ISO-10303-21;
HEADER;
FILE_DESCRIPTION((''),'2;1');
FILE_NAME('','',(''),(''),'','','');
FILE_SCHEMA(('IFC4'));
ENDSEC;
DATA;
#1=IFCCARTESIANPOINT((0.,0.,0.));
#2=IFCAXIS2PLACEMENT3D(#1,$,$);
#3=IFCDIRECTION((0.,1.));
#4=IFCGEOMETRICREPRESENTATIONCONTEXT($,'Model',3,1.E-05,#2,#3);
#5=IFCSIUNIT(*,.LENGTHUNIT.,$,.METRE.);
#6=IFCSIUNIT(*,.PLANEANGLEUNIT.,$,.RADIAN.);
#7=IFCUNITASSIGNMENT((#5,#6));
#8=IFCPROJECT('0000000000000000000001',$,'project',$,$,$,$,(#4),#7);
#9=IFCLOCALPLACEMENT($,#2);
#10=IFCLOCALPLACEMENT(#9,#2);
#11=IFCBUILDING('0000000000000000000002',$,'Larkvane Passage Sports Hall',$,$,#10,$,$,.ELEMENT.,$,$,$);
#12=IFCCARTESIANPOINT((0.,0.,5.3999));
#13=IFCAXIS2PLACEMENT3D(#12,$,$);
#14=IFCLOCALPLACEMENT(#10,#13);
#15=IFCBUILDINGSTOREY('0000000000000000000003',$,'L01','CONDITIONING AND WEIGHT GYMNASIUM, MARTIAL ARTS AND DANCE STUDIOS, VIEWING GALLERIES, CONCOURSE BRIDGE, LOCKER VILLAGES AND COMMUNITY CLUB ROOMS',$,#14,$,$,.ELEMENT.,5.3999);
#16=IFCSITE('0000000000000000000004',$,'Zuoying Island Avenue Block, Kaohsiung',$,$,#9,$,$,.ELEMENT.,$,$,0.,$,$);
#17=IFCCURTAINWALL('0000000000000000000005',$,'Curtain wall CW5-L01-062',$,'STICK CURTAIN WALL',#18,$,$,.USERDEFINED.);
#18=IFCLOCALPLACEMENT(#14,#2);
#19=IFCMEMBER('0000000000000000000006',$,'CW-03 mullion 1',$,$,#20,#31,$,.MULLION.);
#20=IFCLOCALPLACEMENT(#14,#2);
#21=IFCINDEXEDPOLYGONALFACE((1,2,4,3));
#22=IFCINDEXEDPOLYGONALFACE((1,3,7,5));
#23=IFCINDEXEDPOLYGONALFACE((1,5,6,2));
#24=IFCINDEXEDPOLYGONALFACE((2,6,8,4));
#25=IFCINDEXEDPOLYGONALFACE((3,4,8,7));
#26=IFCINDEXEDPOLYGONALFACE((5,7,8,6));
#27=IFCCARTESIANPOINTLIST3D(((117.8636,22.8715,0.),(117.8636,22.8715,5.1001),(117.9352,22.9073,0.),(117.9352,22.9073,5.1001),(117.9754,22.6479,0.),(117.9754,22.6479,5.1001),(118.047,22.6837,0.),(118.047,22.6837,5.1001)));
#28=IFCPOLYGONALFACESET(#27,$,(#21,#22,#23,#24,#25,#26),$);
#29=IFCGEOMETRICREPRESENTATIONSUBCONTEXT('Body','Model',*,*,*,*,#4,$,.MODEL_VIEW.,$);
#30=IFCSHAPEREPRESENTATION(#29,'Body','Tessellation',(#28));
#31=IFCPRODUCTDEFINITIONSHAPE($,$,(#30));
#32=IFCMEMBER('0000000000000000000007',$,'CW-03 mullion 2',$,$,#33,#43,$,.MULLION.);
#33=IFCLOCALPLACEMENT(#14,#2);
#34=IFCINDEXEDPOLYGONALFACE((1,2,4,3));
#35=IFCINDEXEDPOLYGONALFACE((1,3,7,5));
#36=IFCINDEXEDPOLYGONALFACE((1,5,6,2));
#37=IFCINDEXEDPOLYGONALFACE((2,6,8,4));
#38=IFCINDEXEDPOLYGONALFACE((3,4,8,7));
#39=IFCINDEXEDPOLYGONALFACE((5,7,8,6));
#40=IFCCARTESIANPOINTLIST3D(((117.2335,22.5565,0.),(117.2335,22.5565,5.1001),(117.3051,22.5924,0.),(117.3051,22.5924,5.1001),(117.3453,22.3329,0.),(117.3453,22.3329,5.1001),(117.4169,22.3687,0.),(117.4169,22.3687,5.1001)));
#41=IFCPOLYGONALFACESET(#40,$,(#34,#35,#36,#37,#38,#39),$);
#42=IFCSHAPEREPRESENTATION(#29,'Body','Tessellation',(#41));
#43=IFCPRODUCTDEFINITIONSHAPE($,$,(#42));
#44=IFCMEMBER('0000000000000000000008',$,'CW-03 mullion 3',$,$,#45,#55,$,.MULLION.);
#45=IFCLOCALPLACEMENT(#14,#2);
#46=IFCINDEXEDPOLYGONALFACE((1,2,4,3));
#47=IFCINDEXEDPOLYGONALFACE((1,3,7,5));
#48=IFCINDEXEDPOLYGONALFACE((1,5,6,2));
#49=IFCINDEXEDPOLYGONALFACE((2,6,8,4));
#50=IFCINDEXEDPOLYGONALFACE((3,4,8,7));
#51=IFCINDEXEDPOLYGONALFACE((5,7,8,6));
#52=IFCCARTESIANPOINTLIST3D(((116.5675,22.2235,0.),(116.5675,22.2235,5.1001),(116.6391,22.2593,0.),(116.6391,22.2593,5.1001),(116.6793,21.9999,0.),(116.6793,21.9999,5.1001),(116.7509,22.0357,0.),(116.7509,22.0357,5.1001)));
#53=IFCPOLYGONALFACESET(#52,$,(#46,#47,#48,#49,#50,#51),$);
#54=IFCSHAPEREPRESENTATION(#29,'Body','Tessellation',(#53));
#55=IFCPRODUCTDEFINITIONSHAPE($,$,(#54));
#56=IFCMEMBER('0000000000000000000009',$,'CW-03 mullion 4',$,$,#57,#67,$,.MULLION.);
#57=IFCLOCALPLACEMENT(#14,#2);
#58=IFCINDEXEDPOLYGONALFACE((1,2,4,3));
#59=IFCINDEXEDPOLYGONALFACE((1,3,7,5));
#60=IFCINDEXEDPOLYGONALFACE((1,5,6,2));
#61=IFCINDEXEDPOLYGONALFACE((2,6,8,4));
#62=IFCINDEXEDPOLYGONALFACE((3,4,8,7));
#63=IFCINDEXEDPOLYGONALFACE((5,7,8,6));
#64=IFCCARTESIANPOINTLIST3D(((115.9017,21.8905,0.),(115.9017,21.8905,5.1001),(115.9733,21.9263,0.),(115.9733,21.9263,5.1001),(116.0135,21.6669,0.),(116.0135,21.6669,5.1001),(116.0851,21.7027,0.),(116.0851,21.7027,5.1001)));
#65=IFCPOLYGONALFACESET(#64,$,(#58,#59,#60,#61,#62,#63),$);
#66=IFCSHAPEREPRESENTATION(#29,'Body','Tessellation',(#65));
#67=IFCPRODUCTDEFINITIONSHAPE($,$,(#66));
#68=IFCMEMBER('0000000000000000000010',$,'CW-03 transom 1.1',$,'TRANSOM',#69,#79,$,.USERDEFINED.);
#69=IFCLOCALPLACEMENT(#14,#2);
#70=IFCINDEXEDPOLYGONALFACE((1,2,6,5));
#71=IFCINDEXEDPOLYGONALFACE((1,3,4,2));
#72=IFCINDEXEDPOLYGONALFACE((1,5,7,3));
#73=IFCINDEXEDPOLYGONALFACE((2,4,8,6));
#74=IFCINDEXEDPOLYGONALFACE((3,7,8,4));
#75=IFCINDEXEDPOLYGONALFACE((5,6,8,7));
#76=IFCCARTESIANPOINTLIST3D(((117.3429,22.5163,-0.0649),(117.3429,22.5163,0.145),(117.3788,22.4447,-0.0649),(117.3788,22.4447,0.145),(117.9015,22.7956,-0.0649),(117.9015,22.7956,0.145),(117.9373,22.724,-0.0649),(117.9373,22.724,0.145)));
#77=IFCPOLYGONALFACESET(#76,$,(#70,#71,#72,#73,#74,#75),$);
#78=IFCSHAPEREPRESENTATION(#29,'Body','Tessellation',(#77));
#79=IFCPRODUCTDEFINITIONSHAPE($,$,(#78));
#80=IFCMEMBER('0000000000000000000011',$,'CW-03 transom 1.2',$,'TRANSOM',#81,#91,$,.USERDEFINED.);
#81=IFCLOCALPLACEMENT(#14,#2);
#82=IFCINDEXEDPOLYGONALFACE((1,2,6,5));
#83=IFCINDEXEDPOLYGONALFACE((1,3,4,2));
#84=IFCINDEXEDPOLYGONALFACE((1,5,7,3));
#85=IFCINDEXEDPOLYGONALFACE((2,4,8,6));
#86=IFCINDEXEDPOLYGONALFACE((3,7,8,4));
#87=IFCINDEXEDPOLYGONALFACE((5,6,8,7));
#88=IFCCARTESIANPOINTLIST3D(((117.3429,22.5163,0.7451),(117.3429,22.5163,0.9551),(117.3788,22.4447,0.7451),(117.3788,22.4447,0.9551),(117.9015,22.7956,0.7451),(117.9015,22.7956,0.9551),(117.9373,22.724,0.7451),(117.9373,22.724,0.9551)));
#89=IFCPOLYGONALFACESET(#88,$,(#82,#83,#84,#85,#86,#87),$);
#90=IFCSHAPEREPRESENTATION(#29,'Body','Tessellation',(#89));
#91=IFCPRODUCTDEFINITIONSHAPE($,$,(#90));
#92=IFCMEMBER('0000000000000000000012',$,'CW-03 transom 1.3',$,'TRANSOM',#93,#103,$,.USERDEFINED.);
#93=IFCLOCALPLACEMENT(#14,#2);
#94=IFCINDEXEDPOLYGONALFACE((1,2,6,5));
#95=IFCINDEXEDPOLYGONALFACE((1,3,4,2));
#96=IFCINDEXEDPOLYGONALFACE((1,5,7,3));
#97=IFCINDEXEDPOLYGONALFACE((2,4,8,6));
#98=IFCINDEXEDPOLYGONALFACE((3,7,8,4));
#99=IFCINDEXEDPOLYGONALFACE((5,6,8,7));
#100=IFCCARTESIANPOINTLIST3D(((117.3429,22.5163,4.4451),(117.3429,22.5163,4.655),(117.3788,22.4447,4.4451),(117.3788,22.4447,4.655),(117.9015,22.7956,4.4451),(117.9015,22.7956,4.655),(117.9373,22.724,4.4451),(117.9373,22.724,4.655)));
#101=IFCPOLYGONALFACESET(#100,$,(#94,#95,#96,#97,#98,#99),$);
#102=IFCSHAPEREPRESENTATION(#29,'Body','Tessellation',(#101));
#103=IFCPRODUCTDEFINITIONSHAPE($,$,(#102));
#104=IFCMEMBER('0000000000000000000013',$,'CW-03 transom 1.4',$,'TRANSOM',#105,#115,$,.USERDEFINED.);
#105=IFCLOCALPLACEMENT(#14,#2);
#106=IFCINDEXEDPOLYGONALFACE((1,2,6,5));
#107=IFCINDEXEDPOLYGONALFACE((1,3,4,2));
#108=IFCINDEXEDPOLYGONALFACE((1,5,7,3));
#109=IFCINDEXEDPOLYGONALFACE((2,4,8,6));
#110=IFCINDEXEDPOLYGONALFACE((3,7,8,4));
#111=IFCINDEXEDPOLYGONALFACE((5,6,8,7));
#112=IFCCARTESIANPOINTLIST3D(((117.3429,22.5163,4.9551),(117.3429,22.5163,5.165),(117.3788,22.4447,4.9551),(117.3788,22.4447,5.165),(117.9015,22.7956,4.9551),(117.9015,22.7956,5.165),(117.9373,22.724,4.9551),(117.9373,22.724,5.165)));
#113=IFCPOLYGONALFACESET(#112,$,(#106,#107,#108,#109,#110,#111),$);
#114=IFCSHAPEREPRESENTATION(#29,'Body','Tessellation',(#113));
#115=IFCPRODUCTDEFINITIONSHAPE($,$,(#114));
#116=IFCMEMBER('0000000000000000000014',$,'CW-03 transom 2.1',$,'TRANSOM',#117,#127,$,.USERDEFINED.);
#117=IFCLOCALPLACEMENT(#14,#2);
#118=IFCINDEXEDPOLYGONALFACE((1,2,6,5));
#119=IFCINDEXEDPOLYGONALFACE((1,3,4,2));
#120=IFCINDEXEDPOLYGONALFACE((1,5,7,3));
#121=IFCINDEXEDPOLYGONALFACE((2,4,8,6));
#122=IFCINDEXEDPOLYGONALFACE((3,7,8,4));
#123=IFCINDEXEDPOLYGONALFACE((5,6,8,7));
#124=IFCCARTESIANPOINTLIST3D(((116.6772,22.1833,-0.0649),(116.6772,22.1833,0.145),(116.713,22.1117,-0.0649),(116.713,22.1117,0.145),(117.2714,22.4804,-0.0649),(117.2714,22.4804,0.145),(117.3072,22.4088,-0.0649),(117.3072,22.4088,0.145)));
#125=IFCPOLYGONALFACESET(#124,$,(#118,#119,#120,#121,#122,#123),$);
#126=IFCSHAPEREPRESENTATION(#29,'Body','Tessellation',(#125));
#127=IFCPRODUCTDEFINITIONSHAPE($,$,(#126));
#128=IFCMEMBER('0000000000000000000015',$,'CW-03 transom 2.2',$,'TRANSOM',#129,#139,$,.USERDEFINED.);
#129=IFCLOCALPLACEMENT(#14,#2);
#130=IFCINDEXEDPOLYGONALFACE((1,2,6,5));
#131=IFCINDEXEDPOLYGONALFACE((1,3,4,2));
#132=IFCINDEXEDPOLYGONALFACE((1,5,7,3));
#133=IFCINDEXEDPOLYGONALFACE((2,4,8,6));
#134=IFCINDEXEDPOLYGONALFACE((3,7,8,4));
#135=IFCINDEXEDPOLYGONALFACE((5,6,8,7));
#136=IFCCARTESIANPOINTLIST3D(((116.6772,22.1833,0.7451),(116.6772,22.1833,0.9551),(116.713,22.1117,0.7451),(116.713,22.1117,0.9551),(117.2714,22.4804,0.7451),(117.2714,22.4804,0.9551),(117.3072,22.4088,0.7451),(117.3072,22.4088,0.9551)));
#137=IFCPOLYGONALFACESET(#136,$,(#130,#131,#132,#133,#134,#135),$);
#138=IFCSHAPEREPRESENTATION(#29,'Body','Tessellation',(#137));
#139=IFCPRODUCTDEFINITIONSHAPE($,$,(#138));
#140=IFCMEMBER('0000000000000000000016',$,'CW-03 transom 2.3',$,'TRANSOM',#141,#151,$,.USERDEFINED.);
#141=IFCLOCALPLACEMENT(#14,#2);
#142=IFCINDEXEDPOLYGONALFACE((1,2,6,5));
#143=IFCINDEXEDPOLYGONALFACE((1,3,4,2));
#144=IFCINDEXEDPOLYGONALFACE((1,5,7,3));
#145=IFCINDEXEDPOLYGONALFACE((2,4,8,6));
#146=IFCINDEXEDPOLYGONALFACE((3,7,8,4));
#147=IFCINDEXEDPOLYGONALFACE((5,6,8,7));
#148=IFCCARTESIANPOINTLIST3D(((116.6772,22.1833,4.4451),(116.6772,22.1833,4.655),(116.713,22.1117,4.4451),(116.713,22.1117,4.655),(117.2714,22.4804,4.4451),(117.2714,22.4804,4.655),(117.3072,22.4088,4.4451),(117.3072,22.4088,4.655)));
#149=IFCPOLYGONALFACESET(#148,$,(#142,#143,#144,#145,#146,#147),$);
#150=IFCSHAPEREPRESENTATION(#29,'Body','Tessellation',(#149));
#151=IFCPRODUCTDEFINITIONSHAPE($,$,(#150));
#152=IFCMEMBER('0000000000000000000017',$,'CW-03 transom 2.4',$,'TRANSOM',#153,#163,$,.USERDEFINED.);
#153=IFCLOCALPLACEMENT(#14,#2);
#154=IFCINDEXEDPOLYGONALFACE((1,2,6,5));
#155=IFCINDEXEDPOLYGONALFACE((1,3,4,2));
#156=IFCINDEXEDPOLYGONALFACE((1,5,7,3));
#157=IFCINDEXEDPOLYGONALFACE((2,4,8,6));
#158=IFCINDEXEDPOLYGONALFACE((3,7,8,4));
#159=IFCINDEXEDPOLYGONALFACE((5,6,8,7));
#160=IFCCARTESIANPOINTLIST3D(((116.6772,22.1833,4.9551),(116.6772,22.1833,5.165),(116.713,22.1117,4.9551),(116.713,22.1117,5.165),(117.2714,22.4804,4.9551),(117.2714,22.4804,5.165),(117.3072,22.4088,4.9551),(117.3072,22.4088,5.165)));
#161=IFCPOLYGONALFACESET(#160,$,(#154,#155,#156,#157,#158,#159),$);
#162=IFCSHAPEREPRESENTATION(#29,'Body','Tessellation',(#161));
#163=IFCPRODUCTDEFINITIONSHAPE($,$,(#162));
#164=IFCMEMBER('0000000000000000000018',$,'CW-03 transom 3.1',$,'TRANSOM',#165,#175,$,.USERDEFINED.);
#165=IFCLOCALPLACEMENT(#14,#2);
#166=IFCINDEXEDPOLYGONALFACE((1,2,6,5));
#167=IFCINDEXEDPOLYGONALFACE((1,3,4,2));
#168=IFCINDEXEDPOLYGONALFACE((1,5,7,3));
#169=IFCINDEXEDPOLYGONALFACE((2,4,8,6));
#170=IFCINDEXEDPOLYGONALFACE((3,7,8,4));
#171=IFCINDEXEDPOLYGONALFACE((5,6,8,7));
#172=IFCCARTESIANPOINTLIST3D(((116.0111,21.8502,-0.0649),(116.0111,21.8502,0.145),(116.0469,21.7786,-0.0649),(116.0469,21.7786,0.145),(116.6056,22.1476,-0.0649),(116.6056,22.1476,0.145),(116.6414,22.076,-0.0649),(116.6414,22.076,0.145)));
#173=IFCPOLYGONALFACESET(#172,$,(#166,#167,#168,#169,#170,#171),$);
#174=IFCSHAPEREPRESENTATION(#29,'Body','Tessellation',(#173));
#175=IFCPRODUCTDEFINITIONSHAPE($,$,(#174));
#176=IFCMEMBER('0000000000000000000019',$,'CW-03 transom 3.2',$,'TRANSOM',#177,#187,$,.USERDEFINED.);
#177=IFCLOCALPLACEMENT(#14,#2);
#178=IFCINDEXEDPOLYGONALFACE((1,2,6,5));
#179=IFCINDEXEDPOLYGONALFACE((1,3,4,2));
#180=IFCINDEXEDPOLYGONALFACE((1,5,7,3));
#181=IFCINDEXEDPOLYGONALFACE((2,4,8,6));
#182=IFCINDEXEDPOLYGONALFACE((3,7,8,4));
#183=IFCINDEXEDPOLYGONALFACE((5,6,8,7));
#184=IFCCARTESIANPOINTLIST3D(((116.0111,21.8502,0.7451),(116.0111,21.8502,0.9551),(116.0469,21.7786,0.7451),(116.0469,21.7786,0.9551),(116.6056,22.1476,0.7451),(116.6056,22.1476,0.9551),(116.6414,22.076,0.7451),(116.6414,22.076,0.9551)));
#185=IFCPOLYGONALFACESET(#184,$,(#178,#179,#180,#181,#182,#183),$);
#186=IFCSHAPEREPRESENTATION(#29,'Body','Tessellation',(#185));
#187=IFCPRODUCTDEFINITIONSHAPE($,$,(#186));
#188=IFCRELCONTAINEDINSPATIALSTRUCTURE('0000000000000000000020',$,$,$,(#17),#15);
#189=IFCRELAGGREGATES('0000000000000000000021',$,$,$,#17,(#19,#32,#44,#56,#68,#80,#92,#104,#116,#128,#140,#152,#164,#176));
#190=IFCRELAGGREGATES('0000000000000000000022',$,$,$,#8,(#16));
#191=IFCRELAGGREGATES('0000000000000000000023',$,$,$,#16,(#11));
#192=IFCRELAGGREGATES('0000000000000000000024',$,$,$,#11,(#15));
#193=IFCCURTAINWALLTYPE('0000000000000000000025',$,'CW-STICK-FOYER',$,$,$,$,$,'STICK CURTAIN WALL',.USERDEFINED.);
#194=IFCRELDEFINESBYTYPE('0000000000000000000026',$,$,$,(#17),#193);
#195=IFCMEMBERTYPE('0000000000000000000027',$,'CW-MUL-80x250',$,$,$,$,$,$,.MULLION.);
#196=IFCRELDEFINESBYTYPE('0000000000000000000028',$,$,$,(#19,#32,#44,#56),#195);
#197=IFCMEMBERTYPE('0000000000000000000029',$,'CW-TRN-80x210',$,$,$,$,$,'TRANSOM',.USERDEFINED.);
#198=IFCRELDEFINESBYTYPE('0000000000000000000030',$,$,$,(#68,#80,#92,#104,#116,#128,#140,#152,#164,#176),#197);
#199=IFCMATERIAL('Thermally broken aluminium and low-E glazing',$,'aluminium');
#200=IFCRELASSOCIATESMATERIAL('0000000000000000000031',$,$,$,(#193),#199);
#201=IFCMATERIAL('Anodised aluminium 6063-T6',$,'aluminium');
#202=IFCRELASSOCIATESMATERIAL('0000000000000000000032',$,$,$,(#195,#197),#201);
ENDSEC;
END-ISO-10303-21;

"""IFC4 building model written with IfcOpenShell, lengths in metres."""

from ifc_helpers import new_model, si_unit, direction, frame, origin, origin_2d, place, context, subcontext, project, spatial, rectangle, extrude, material, material_profile, profile_set, type_object, element, aggregate, save


model = new_model("IFC4")

# Units and contexts
model_context = context("Model", 3, precision=1e-05, world=origin(), true_north=direction((0.0, 1.0)))
body_context = subcontext(model_context, "Body", "Model", "MODEL_VIEW")
ifc_project = project(units=[si_unit("LENGTHUNIT", "METRE"), si_unit("PLANEANGLEUNIT", "RADIAN")], contexts=[model_context])

# Site, building, storey
site_placement = place(None, origin())
site = spatial("IfcSite", under=ifc_project, at=site_placement, Name="Zuoying Island Avenue Block, Kaohsiung", CompositionType="ELEMENT", RefElevation=0.0)
building_placement = place(site_placement, origin())
building = spatial("IfcBuilding", under=site, at=building_placement, Name="Larkvane Passage Sports Hall", CompositionType="ELEMENT")
storey_placement = place(building_placement, frame((0.0, 0.0, 5.3999)))
storey = spatial("IfcBuildingStorey", under=building, at=storey_placement, Name="L01", Description="CONDITIONING AND WEIGHT GYMNASIUM, MARTIAL ARTS AND DANCE STUDIOS, VIEWING GALLERIES, CONCOURSE BRIDGE, LOCKER VILLAGES AND COMMUNITY CLUB ROOMS", CompositionType="ELEMENT", Elevation=5.3999)

# Curtain wall, members
ifc_material_1 = material(Name="Thermally broken aluminium and low-E glazing", Category="aluminium")
curtain_wall_type = type_object("IfcCurtainWallType", Name="CW-STICK-FOYER", ElementType="STICK CURTAIN WALL", PredefinedType="USERDEFINED", material=ifc_material_1)
curtain_wall_placement = place(storey_placement, origin())
curtain_wall = element("IfcCurtainWall", 1, at=curtain_wall_placement, inside=storey, type_object=curtain_wall_type, Name="Curtain wall CW5-L01-062", ObjectType="STICK CURTAIN WALL", PredefinedType="USERDEFINED")
ifc_material_2 = material(Name="Anodised aluminium 6063-T6", Category="aluminium")
ifc_material_profile_1 = material_profile(ifc_material_2, rectangle(XDim=0.0801, YDim=0.25, at=origin_2d()), Name="ALU-MUL-80x250")
ifc_profile_set_1 = profile_set([ifc_material_profile_1], Name="Anodised aluminium 6063-T6")
member_type_1 = type_object("IfcMemberType", Name="CW-MUL-80x250", PredefinedType="MULLION", material=ifc_profile_set_1)
member_1_placement = place(storey_placement, frame((117.9553, 22.7776, 0.0), z_axis=(0.0, 0.0, 1.0), x_axis=(-0.894429, -0.447209, 0.0)))
member_1 = element("IfcMember", 2, at=member_1_placement, type_object=member_type_1, Name="CW-03 mullion 1", PredefinedType="MULLION", context=body_context, shape_type="SweptSolid", body=[
    extrude(rectangle(XDim=0.0801, YDim=0.25, at=origin_2d()), origin(), (0.0, 0.0, 1.0), 5.1001),
])
member_2_placement = place(storey_placement, frame((117.3252, 22.4626, 0.0), z_axis=(0.0, 0.0, 1.0), x_axis=(-0.894429, -0.447209, 0.0)))
member_2 = element("IfcMember", 3, at=member_2_placement, type_object=member_type_1, Name="CW-03 mullion 2", PredefinedType="MULLION", context=body_context, shape_type="SweptSolid", body=[
    extrude(rectangle(XDim=0.0801, YDim=0.25, at=origin_2d()), origin(), (0.0, 0.0, 1.0), 5.1001),
])
member_3_placement = place(storey_placement, frame((116.6592, 22.1296, 0.0), z_axis=(0.0, 0.0, 1.0), x_axis=(-0.894429, -0.447209, 0.0)))
member_3 = element("IfcMember", 4, at=member_3_placement, type_object=member_type_1, Name="CW-03 mullion 3", PredefinedType="MULLION", context=body_context, shape_type="SweptSolid", body=[
    extrude(rectangle(XDim=0.0801, YDim=0.25, at=origin_2d()), origin(), (0.0, 0.0, 1.0), 5.1001),
])
member_4_placement = place(storey_placement, frame((115.9934, 21.7966, 0.0), z_axis=(0.0, 0.0, 1.0), x_axis=(-0.894429, -0.447209, 0.0)))
member_4 = element("IfcMember", 5, at=member_4_placement, type_object=member_type_1, Name="CW-03 mullion 4", PredefinedType="MULLION", context=body_context, shape_type="SweptSolid", body=[
    extrude(rectangle(XDim=0.0801, YDim=0.25, at=origin_2d()), origin(), (0.0, 0.0, 1.0), 5.1001),
])
ifc_material_profile_2 = material_profile(ifc_material_2, rectangle(XDim=0.0801, YDim=0.21, at=origin_2d()), Name="ALU-TRN-80x210")
ifc_profile_set_2 = profile_set([ifc_material_profile_2], Name="Anodised aluminium 6063-T6")
member_type_2 = type_object("IfcMemberType", Name="CW-TRN-80x210", ElementType="TRANSOM", PredefinedType="USERDEFINED", material=ifc_profile_set_2)
member_5_placement = place(storey_placement, frame((117.9194, 22.7598, 0.04), z_axis=(-0.894427, -0.447214, 0.0), x_axis=(0.447214, -0.894427, 0.0)))
member_5 = element("IfcMember", 6, at=member_5_placement, type_object=member_type_2, Name="CW-03 transom 1.1", ObjectType="TRANSOM", PredefinedType="USERDEFINED", context=body_context, shape_type="SweptSolid", body=[
    extrude(rectangle(XDim=0.0801, YDim=0.21, at=origin_2d()), origin(), (0.0, 0.0, 1.0), 0.6245),
])
member_6_placement = place(storey_placement, frame((117.9194, 22.7598, 0.8501), z_axis=(-0.894427, -0.447214, 0.0), x_axis=(0.447214, -0.894427, 0.0)))
member_6 = element("IfcMember", 7, at=member_6_placement, type_object=member_type_2, Name="CW-03 transom 1.2", ObjectType="TRANSOM", PredefinedType="USERDEFINED", context=body_context, shape_type="SweptSolid", body=[
    extrude(rectangle(XDim=0.0801, YDim=0.21, at=origin_2d()), origin(), (0.0, 0.0, 1.0), 0.6245),
])
member_7_placement = place(storey_placement, frame((117.9194, 22.7598, 4.55), z_axis=(-0.894427, -0.447214, 0.0), x_axis=(0.447214, -0.894427, 0.0)))
member_7 = element("IfcMember", 8, at=member_7_placement, type_object=member_type_2, Name="CW-03 transom 1.3", ObjectType="TRANSOM", PredefinedType="USERDEFINED", context=body_context, shape_type="SweptSolid", body=[
    extrude(rectangle(XDim=0.0801, YDim=0.21, at=origin_2d()), origin(), (0.0, 0.0, 1.0), 0.6245),
])
member_8_placement = place(storey_placement, frame((117.9194, 22.7598, 5.0601), z_axis=(-0.894427, -0.447214, 0.0), x_axis=(0.447214, -0.894427, 0.0)))
member_8 = element("IfcMember", 9, at=member_8_placement, type_object=member_type_2, Name="CW-03 transom 1.4", ObjectType="TRANSOM", PredefinedType="USERDEFINED", context=body_context, shape_type="SweptSolid", body=[
    extrude(rectangle(XDim=0.0801, YDim=0.21, at=origin_2d()), origin(), (0.0, 0.0, 1.0), 0.6245),
])
member_9_placement = place(storey_placement, frame((117.2893, 22.4446, 0.04), z_axis=(-0.894427, -0.447214, 0.0), x_axis=(0.447214, -0.894427, 0.0)))
member_9 = element("IfcMember", 10, at=member_9_placement, type_object=member_type_2, Name="CW-03 transom 2.1", ObjectType="TRANSOM", PredefinedType="USERDEFINED", context=body_context, shape_type="SweptSolid", body=[
    extrude(rectangle(XDim=0.0801, YDim=0.21, at=origin_2d()), origin(), (0.0, 0.0, 1.0), 0.6643),
])
member_10_placement = place(storey_placement, frame((117.2893, 22.4446, 0.8501), z_axis=(-0.894427, -0.447214, 0.0), x_axis=(0.447214, -0.894427, 0.0)))
member_10 = element("IfcMember", 11, at=member_10_placement, type_object=member_type_2, Name="CW-03 transom 2.2", ObjectType="TRANSOM", PredefinedType="USERDEFINED", context=body_context, shape_type="SweptSolid", body=[
    extrude(rectangle(XDim=0.0801, YDim=0.21, at=origin_2d()), origin(), (0.0, 0.0, 1.0), 0.6643),
])
member_11_placement = place(storey_placement, frame((117.2893, 22.4446, 4.55), z_axis=(-0.894427, -0.447214, 0.0), x_axis=(0.447214, -0.894427, 0.0)))
member_11 = element("IfcMember", 12, at=member_11_placement, type_object=member_type_2, Name="CW-03 transom 2.3", ObjectType="TRANSOM", PredefinedType="USERDEFINED", context=body_context, shape_type="SweptSolid", body=[
    extrude(rectangle(XDim=0.0801, YDim=0.21, at=origin_2d()), origin(), (0.0, 0.0, 1.0), 0.6643),
])
member_12_placement = place(storey_placement, frame((117.2893, 22.4446, 5.0601), z_axis=(-0.894427, -0.447214, 0.0), x_axis=(0.447214, -0.894427, 0.0)))
member_12 = element("IfcMember", 13, at=member_12_placement, type_object=member_type_2, Name="CW-03 transom 2.4", ObjectType="TRANSOM", PredefinedType="USERDEFINED", context=body_context, shape_type="SweptSolid", body=[
    extrude(rectangle(XDim=0.0801, YDim=0.21, at=origin_2d()), origin(), (0.0, 0.0, 1.0), 0.6643),
])
member_13_placement = place(storey_placement, frame((116.6235, 22.1118, 0.04), z_axis=(-0.894354, -0.447361, 0.0), x_axis=(0.447361, -0.894354, 0.0)))
member_13 = element("IfcMember", 14, at=member_13_placement, type_object=member_type_2, Name="CW-03 transom 3.1", ObjectType="TRANSOM", PredefinedType="USERDEFINED", context=body_context, shape_type="SweptSolid", body=[
    extrude(rectangle(XDim=0.0801, YDim=0.21, at=origin_2d()), origin(), (0.0, 0.0, 1.0), 0.6648),
])
member_14_placement = place(storey_placement, frame((116.6235, 22.1118, 0.8501), z_axis=(-0.894354, -0.447361, 0.0), x_axis=(0.447361, -0.894354, 0.0)))
member_14 = element("IfcMember", 15, at=member_14_placement, type_object=member_type_2, Name="CW-03 transom 3.2", ObjectType="TRANSOM", PredefinedType="USERDEFINED", context=body_context, shape_type="SweptSolid", body=[
    extrude(rectangle(XDim=0.0801, YDim=0.21, at=origin_2d()), origin(), (0.0, 0.0, 1.0), 0.6648),
])
aggregate(curtain_wall, [member_1, member_2, member_3, member_4, member_5, member_6, member_7, member_8, member_9, member_10, member_11, member_12, member_13, member_14])

save(model, "model.ifc")
